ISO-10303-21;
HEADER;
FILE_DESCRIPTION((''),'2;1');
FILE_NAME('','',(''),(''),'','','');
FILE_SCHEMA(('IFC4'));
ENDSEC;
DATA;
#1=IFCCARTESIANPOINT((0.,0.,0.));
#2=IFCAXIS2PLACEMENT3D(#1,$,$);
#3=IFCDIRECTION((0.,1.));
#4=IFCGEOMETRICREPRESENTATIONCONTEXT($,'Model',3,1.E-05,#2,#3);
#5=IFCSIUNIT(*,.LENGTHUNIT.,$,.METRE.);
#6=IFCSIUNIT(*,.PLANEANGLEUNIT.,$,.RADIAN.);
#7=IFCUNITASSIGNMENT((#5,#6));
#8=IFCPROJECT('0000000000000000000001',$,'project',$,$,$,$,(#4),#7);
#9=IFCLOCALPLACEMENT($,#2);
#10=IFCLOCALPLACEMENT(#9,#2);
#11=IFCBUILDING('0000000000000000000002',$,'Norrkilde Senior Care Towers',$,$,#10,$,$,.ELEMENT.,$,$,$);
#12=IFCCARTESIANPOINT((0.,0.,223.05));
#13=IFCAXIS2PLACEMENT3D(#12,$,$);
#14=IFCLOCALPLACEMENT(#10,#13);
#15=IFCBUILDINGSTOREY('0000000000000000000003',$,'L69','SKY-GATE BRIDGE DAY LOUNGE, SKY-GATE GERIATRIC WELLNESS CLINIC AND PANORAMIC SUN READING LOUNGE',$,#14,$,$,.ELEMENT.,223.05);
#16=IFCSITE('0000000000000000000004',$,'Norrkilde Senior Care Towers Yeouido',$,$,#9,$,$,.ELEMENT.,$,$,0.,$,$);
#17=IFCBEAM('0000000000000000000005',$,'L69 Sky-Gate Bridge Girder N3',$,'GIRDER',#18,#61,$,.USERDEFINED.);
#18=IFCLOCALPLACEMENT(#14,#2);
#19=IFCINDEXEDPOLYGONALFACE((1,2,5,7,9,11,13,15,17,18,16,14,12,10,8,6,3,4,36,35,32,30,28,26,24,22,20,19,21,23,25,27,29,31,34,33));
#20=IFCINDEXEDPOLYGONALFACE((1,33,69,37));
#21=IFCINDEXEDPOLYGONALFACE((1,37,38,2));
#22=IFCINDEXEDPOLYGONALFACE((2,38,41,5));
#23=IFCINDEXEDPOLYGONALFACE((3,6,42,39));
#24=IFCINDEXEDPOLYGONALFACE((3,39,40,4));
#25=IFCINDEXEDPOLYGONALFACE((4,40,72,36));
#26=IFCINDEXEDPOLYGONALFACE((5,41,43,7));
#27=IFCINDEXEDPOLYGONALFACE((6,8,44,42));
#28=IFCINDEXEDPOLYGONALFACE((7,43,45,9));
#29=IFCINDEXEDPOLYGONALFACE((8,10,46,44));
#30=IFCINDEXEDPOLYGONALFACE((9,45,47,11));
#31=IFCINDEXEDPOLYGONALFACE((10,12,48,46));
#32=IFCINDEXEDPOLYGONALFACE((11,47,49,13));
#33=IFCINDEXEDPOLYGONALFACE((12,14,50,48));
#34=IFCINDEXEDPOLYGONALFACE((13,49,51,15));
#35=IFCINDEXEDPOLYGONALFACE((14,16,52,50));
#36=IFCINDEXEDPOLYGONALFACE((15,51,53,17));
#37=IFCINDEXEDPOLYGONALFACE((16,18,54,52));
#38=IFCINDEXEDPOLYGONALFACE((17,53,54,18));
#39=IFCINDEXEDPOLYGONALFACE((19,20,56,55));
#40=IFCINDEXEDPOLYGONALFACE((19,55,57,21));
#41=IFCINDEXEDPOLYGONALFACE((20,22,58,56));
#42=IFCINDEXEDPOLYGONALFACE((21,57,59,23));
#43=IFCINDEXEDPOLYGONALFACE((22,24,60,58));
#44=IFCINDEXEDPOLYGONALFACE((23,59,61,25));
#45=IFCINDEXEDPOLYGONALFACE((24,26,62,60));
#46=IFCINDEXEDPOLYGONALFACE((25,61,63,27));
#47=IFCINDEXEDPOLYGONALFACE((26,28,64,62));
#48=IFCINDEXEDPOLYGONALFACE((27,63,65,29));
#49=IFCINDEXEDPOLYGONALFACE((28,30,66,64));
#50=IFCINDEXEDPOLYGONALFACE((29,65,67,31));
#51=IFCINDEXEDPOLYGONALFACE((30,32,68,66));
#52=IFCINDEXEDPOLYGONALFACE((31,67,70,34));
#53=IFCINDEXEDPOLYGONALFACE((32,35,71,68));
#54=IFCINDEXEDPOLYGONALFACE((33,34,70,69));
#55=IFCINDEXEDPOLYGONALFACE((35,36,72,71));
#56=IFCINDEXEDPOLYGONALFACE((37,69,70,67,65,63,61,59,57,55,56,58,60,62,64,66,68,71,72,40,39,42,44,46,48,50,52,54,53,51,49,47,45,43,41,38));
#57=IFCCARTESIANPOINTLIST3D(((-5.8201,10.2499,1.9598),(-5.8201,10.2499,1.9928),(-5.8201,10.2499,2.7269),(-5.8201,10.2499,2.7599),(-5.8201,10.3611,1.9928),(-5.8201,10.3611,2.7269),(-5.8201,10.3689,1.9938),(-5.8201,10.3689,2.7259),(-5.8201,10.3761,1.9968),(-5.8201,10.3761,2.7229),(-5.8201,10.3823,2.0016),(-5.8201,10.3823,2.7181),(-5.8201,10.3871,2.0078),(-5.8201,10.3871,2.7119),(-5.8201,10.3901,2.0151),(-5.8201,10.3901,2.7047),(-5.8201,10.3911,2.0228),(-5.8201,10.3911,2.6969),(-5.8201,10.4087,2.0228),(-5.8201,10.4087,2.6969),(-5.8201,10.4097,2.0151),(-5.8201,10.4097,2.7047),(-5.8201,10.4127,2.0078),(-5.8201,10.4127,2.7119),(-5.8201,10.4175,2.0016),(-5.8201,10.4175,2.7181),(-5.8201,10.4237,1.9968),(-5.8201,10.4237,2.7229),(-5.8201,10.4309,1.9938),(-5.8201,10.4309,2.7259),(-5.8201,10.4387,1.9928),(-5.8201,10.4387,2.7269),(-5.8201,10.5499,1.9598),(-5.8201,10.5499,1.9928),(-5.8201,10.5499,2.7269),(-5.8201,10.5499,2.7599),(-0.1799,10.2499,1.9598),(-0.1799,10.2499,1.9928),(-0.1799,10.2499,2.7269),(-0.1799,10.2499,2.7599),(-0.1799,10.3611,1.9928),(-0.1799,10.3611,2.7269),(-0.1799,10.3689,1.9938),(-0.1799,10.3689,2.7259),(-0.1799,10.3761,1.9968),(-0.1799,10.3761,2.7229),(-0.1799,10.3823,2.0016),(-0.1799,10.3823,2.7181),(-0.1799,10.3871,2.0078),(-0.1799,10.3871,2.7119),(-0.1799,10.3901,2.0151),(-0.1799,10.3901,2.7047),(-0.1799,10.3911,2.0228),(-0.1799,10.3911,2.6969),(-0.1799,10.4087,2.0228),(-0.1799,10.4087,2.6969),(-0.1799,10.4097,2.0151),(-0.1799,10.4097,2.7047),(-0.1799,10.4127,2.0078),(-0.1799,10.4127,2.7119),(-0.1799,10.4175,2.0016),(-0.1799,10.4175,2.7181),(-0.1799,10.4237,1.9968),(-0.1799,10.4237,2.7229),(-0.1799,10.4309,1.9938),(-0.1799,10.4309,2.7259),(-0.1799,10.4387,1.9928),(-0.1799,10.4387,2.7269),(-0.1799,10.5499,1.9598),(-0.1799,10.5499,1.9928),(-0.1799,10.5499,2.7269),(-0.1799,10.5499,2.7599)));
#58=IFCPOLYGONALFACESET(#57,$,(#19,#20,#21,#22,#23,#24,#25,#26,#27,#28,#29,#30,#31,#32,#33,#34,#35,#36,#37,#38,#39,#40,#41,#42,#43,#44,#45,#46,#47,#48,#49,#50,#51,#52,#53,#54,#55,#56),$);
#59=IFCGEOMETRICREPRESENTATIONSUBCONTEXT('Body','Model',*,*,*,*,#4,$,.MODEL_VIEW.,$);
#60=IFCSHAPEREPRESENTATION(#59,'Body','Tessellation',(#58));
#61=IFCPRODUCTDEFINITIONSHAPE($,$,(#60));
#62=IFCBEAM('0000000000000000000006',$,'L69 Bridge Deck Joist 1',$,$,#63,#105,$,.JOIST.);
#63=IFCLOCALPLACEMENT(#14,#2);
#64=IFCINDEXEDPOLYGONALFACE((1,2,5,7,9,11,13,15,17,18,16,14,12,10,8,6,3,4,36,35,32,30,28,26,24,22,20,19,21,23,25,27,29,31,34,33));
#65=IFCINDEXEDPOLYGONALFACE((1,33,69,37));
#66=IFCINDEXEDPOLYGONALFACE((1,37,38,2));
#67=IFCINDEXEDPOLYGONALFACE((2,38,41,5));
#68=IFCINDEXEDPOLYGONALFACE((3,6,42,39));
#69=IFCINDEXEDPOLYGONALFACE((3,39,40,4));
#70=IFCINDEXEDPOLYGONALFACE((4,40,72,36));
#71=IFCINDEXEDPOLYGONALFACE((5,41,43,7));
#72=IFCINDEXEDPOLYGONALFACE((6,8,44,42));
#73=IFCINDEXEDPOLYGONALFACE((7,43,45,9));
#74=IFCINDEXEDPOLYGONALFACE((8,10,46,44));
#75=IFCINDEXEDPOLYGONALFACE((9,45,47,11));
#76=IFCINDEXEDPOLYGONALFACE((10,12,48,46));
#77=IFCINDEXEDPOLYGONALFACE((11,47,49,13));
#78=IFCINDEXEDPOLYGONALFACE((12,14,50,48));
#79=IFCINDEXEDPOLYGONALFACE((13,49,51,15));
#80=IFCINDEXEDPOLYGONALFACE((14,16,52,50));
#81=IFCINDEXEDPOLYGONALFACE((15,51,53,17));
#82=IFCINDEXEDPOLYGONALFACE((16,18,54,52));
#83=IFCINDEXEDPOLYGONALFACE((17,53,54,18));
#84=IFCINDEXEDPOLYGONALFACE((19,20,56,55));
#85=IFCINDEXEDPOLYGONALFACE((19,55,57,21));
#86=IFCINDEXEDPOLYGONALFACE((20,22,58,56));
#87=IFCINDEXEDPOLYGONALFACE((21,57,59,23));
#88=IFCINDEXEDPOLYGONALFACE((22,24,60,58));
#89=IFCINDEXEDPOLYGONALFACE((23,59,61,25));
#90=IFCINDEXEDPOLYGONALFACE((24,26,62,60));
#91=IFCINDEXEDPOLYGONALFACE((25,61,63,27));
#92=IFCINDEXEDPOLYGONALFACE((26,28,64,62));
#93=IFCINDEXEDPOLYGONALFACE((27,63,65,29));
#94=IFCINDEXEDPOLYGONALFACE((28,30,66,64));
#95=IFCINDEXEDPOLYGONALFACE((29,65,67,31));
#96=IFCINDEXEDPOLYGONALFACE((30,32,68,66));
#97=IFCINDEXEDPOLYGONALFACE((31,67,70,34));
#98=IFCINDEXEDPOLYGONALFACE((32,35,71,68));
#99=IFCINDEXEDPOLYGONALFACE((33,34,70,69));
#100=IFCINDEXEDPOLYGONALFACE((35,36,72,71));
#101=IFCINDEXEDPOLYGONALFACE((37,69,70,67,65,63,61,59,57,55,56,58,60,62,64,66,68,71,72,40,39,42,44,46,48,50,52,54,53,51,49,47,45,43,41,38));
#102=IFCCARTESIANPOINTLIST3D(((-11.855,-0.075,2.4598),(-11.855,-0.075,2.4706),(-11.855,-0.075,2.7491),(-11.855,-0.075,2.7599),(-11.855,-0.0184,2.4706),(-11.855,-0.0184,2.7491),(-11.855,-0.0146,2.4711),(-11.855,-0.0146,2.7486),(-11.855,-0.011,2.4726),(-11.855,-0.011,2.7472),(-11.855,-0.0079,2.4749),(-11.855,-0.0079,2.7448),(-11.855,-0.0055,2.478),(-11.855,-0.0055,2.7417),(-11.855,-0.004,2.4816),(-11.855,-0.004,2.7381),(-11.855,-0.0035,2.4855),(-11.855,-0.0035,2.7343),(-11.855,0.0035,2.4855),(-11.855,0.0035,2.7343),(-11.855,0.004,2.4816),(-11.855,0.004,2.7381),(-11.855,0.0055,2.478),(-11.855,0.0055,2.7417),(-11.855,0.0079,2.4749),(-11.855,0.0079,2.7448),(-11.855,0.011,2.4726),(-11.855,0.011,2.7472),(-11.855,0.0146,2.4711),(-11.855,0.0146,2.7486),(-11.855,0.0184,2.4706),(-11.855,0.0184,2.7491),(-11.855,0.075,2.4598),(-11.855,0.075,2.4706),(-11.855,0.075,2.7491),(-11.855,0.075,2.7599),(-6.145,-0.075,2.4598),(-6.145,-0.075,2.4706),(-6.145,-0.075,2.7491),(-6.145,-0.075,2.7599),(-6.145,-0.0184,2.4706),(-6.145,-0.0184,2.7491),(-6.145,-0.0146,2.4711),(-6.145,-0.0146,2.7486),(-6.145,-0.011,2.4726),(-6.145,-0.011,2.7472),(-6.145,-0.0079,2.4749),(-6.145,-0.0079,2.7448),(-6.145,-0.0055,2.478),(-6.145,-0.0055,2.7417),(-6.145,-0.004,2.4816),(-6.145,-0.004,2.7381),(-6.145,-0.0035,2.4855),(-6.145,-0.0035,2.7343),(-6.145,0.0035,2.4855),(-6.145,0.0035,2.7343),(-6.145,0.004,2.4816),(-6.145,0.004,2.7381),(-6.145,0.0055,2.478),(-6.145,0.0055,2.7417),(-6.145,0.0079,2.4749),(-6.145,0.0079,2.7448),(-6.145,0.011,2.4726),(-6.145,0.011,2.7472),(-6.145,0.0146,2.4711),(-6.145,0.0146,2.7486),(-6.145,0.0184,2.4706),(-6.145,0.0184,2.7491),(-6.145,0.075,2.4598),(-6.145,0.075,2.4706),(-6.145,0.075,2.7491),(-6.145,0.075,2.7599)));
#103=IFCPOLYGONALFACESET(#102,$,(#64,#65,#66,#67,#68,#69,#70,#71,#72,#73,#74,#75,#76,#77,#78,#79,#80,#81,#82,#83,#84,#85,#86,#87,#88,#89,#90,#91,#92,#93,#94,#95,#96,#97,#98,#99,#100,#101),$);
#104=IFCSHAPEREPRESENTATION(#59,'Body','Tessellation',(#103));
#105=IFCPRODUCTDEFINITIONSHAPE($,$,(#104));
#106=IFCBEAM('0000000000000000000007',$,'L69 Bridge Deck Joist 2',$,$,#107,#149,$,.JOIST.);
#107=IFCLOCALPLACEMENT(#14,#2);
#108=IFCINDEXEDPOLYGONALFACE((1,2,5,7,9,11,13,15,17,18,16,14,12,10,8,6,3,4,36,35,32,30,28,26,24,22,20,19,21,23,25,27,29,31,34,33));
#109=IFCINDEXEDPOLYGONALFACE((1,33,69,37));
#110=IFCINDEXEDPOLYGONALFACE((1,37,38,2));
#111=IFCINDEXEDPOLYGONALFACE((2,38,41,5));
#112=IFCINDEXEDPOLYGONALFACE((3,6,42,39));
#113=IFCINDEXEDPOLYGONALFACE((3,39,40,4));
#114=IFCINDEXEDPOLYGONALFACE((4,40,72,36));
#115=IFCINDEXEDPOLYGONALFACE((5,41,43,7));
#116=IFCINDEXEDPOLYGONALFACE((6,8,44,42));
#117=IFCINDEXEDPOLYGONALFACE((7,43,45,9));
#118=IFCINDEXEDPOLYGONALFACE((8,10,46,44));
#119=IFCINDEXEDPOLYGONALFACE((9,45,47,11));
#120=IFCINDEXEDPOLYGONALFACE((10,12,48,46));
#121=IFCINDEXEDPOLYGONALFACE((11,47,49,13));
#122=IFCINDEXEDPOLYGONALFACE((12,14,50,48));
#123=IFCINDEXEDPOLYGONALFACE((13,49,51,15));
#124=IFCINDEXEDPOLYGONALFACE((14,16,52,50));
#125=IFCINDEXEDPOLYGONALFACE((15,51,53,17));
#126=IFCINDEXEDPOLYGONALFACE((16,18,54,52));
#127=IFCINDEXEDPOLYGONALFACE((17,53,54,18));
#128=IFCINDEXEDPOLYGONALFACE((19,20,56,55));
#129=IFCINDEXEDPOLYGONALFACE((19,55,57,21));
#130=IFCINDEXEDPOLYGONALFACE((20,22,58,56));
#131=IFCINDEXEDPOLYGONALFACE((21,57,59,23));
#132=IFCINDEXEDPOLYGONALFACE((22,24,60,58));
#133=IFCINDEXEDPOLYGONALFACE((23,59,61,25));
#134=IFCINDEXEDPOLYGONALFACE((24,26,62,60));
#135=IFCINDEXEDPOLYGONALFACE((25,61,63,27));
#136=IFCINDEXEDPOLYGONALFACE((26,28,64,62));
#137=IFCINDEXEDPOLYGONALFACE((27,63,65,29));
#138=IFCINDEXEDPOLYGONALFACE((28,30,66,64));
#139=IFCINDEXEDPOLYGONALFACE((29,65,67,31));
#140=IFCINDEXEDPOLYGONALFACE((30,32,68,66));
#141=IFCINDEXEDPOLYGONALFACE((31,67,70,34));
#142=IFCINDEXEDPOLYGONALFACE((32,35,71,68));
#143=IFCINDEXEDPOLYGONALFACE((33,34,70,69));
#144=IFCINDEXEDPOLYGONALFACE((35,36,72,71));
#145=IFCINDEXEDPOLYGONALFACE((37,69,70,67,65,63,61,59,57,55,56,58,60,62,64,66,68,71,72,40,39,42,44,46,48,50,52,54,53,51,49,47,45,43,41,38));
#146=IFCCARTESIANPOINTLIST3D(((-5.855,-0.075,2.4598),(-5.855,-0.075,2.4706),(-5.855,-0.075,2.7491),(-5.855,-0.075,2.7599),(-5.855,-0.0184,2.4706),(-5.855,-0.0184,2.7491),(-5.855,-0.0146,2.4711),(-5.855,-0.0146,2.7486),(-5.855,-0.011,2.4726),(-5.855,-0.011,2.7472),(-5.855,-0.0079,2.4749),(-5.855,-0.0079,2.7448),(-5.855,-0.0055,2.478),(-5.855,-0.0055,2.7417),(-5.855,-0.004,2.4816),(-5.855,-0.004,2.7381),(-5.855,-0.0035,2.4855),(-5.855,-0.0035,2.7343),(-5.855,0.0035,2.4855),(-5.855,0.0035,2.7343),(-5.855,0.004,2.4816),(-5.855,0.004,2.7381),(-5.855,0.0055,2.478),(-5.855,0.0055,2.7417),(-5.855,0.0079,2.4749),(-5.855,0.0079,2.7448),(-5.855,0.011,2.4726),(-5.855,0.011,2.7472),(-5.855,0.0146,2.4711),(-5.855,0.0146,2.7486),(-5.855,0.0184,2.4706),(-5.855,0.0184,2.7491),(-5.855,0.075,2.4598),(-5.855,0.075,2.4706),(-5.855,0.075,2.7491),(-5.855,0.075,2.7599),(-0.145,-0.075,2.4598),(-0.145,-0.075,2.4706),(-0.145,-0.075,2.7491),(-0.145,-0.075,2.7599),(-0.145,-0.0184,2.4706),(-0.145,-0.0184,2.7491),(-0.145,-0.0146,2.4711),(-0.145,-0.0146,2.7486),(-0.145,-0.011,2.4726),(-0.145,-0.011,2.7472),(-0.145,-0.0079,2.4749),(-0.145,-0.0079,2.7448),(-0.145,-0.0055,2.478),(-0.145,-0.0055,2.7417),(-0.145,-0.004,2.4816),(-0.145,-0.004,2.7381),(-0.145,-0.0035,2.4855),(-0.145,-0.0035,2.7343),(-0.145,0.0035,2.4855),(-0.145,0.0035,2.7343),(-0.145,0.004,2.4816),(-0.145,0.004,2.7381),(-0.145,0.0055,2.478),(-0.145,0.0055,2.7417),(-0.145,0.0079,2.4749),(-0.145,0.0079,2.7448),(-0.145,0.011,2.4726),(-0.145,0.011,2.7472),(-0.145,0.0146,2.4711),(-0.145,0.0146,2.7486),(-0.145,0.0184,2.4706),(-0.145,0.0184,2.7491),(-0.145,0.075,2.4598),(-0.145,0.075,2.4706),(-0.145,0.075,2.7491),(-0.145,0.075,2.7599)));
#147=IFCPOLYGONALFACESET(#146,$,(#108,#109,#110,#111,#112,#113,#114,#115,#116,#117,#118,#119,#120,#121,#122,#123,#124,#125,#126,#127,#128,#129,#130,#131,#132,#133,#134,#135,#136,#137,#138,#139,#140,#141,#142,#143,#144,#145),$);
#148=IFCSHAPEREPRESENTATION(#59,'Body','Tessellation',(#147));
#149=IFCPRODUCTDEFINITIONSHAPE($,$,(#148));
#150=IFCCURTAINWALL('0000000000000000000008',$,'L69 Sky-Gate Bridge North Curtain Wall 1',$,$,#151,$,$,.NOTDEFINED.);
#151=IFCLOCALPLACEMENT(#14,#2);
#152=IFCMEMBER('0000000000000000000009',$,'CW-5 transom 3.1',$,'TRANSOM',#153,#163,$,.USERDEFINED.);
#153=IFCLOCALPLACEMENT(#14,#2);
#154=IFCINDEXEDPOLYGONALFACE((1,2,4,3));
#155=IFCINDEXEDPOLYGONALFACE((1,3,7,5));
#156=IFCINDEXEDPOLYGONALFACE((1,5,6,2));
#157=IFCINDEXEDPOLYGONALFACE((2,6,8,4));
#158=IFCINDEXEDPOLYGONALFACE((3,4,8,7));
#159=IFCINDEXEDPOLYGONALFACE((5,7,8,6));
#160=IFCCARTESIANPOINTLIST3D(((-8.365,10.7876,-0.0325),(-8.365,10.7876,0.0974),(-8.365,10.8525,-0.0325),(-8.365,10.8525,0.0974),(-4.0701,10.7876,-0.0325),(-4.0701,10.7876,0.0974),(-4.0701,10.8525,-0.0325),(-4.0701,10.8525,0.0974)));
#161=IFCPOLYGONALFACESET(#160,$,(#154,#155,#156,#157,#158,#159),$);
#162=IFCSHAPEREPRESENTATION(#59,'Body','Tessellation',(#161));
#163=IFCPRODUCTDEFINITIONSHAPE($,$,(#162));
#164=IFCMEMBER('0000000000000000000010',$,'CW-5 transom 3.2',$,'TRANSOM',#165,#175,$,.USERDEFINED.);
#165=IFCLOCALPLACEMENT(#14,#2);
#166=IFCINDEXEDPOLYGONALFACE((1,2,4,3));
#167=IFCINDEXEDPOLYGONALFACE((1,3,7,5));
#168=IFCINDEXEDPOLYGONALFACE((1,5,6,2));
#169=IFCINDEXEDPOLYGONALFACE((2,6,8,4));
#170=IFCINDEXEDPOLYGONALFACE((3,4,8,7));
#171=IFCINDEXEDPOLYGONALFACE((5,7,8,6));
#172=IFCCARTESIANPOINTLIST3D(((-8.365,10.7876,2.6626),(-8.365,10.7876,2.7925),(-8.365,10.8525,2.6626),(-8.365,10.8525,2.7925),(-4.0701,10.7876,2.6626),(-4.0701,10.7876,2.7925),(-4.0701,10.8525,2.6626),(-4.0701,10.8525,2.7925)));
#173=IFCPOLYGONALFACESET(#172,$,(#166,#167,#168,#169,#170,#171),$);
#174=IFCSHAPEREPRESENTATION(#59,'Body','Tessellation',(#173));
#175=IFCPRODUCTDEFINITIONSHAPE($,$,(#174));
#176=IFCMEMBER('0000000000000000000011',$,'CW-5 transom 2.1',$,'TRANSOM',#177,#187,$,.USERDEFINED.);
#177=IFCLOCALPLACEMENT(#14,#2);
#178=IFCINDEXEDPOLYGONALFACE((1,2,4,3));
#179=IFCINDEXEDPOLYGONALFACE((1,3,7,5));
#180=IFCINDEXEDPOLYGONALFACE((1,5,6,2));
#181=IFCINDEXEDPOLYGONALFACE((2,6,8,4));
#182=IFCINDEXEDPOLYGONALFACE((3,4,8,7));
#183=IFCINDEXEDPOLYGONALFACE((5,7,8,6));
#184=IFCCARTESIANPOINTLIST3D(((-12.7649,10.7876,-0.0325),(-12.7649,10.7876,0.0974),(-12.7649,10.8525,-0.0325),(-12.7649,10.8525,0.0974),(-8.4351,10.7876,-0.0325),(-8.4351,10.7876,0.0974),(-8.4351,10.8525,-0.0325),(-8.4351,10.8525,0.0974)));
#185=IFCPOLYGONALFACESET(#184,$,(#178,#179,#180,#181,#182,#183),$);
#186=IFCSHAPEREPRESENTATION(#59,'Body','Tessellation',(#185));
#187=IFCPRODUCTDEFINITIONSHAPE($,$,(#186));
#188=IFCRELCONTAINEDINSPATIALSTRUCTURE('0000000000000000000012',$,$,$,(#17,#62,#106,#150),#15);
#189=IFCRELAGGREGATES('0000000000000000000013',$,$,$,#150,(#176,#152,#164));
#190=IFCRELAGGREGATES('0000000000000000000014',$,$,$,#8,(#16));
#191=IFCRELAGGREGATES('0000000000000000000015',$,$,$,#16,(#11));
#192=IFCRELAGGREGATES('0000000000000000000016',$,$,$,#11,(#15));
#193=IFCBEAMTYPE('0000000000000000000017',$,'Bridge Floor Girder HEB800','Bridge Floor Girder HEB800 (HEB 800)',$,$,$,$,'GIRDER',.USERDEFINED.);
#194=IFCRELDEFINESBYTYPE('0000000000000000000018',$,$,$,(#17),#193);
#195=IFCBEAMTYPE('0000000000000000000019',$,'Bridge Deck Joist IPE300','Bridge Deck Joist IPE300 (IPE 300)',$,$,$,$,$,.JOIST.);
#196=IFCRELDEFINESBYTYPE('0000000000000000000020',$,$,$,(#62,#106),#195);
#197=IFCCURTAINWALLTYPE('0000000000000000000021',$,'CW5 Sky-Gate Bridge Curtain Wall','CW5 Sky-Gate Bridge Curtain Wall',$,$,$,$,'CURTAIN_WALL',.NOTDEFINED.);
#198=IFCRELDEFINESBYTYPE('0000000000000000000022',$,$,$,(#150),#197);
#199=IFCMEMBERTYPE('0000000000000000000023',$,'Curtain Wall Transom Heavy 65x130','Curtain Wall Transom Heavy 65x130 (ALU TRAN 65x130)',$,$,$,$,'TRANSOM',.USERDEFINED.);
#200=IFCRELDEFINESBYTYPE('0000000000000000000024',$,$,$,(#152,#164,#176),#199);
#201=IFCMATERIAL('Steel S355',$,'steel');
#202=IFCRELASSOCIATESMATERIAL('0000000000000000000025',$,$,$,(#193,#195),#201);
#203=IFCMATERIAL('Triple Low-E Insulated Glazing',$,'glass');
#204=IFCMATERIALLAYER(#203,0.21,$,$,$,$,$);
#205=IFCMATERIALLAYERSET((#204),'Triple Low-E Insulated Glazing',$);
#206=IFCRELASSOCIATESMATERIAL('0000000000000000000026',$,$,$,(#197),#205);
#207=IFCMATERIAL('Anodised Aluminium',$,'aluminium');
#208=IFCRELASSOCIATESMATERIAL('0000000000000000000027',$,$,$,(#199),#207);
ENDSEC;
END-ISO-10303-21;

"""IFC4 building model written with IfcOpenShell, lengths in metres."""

from ifc_helpers import new_model, si_unit, direction, frame, origin, origin_2d, place, context, subcontext, project, spatial, rectangle, i_section, extrude, source, transform, mapped, material, layer, layer_set, material_profile, profile_set, type_object, type_shapes, element, aggregate, save


model = new_model("IFC4")

# Units and contexts
model_context = context("Model", 3, precision=1e-05, world=origin(), true_north=direction((0.0, 1.0)))
body_context = subcontext(model_context, "Body", "Model", "MODEL_VIEW")
ifc_project = project(units=[si_unit("LENGTHUNIT", "METRE"), si_unit("PLANEANGLEUNIT", "RADIAN")], contexts=[model_context])

# Site, building, storey
site_placement = place(None, origin())
site = spatial("IfcSite", under=ifc_project, at=site_placement, Name="Norrkilde Senior Care Towers Yeouido", CompositionType="ELEMENT", RefElevation=0.0)
building_placement = place(site_placement, origin())
building = spatial("IfcBuilding", under=site, at=building_placement, Name="Norrkilde Senior Care Towers", CompositionType="ELEMENT")
storey_placement = place(building_placement, frame((0.0, 0.0, 223.05)))
storey = spatial("IfcBuildingStorey", under=building, at=storey_placement, Name="L69", Description="SKY-GATE BRIDGE DAY LOUNGE, SKY-GATE GERIATRIC WELLNESS CLINIC AND PANORAMIC SUN READING LOUNGE", CompositionType="ELEMENT", Elevation=223.05)

# Shared definitions
ifc_material_1 = material(Name="Steel S355", Category="steel")

# Beams
ifc_material_profile_1 = material_profile(ifc_material_1, i_section(OverallWidth=0.3, OverallDepth=0.8, WebThickness=0.0176, FlangeThickness=0.033, FilletRadius=0.03, at=origin_2d()), Name="HEB 800")
ifc_profile_set_1 = profile_set([ifc_material_profile_1], Name="Steel S355")
beam_type_1 = type_object("IfcBeamType", Name="Bridge Floor Girder HEB800", Description="Bridge Floor Girder HEB800 (HEB 800)", ElementType="GIRDER", PredefinedType="USERDEFINED", material=ifc_profile_set_1)
shared_shape_1 = source(origin(), body_context, "Body", "SweptSolid", [
    extrude(i_section(OverallWidth=0.3, OverallDepth=0.8, WebThickness=0.0176, FlangeThickness=0.033, FilletRadius=0.03, at=origin_2d()), origin(), (0.0, 0.0, 1.0), 5.6401),
])
type_shapes(beam_type_1, [shared_shape_1])
for number, where, z_axis, x_axis, name in (
    (1, (-5.8201, 10.3999, 2.3599), (1.0, 0.0, 0.0), (0.0, 1.0, 0.0), "L69 Sky-Gate Bridge Girder N3"),
):
    element("IfcBeam", number, at=place(storey_placement, frame(where, z_axis=z_axis, x_axis=x_axis)), inside=storey, type_object=beam_type_1, Name=name, ObjectType="GIRDER", PredefinedType="USERDEFINED", context=body_context, shape_type="MappedRepresentation", body=[
        mapped(shared_shape_1, transform((0.0, 0.0, 0.0), x_axis=(1.0, 0.0, 0.0), y_axis=(0.0, 1.0, 0.0), z_axis=(0.0, 0.0, 1.0), scale=1.0)),
    ])
ifc_material_profile_2 = material_profile(ifc_material_1, i_section(OverallWidth=0.1499, OverallDepth=0.3, WebThickness=0.0071, FlangeThickness=0.0107, FilletRadius=0.0149, at=origin_2d()), Name="IPE 300")
ifc_profile_set_2 = profile_set([ifc_material_profile_2], Name="Steel S355")
beam_type_2 = type_object("IfcBeamType", Name="Bridge Deck Joist IPE300", Description="Bridge Deck Joist IPE300 (IPE 300)", PredefinedType="JOIST", material=ifc_profile_set_2)
shared_shape_2 = source(origin(), body_context, "Body", "SweptSolid", [
    extrude(i_section(OverallWidth=0.1499, OverallDepth=0.3, WebThickness=0.0071, FlangeThickness=0.0107, FilletRadius=0.0149, at=origin_2d()), origin(), (0.0, 0.0, 1.0), 5.71),
])
type_shapes(beam_type_2, [shared_shape_2])
for number, where, z_axis, x_axis, name in (
    (2, (-11.855, 0.0, 2.6099), (1.0, 0.0, 0.0), (0.0, 1.0, 0.0), "L69 Bridge Deck Joist 1"),
    (3, (-5.855, 0.0, 2.6099), (1.0, 0.0, 0.0), (0.0, 1.0, 0.0), "L69 Bridge Deck Joist 2"),
):
    element("IfcBeam", number, at=place(storey_placement, frame(where, z_axis=z_axis, x_axis=x_axis)), inside=storey, type_object=beam_type_2, Name=name, PredefinedType="JOIST", context=body_context, shape_type="MappedRepresentation", body=[
        mapped(shared_shape_2, transform((0.0, 0.0, 0.0), x_axis=(1.0, 0.0, 0.0), y_axis=(0.0, 1.0, 0.0), z_axis=(0.0, 0.0, 1.0), scale=1.0)),
    ])

# Curtain wall, members
ifc_material_2 = material(Name="Triple Low-E Insulated Glazing", Category="glass")
ifc_layer_1 = layer(ifc_material_2, 0.21)
ifc_layer_set_1 = layer_set([ifc_layer_1], Name="Triple Low-E Insulated Glazing")
curtain_wall_type = type_object("IfcCurtainWallType", Name="CW5 Sky-Gate Bridge Curtain Wall", Description="CW5 Sky-Gate Bridge Curtain Wall", ElementType="CURTAIN_WALL", PredefinedType="NOTDEFINED", material=ifc_layer_set_1)
curtain_wall_1_placement = place(storey_placement, origin())
curtain_wall_1 = element("IfcCurtainWall", 4, at=curtain_wall_1_placement, inside=storey, type_object=curtain_wall_type, Name="L69 Sky-Gate Bridge North Curtain Wall 1", PredefinedType="NOTDEFINED")
ifc_material_3 = material(Name="Anodised Aluminium", Category="aluminium")
ifc_material_profile_3 = material_profile(ifc_material_3, rectangle(XDim=0.0649, YDim=0.1299, at=origin_2d()), Name="ALU TRAN 65x130")
ifc_profile_set_3 = profile_set([ifc_material_profile_3], Name="Anodised Aluminium")
member_type_1 = type_object("IfcMemberType", Name="Curtain Wall Transom Heavy 65x130", Description="Curtain Wall Transom Heavy 65x130 (ALU TRAN 65x130)", ElementType="TRANSOM", PredefinedType="USERDEFINED", material=ifc_profile_set_3)
shared_shape_3 = source(origin(), body_context, "Body", "SweptSolid", [
    extrude(rectangle(XDim=0.0649, YDim=0.1299, at=origin_2d()), origin(), (0.0, 0.0, 1.0), 4.2949),
])
member_1_placement = place(storey_placement, frame((-8.365, 10.8201, 0.0325), z_axis=(1.0, 0.0, 0.0), x_axis=(0.0, 1.0, 0.0)))
member_1 = element("IfcMember", 5, at=member_1_placement, type_object=member_type_1, Name="CW-5 transom 3.1", ObjectType="TRANSOM", PredefinedType="USERDEFINED", context=body_context, shape_type="MappedRepresentation", body=[
    mapped(shared_shape_3, transform((0.0, 0.0, 0.0), x_axis=(1.0, 0.0, 0.0), y_axis=(0.0, 1.0, 0.0), z_axis=(0.0, 0.0, 1.0), scale=1.0)),
])
member_2_placement = place(storey_placement, frame((-8.365, 10.8201, 2.7275), z_axis=(1.0, 0.0, 0.0), x_axis=(0.0, 1.0, 0.0)))
member_2 = element("IfcMember", 6, at=member_2_placement, type_object=member_type_1, Name="CW-5 transom 3.2", ObjectType="TRANSOM", PredefinedType="USERDEFINED", context=body_context, shape_type="MappedRepresentation", body=[
    mapped(shared_shape_3, transform((0.0, 0.0, 0.0), x_axis=(1.0, 0.0, 0.0), y_axis=(0.0, 1.0, 0.0), z_axis=(0.0, 0.0, 1.0), scale=1.0)),
])
shared_shape_4 = source(origin(), body_context, "Body", "SweptSolid", [
    extrude(rectangle(XDim=0.0649, YDim=0.1299, at=origin_2d()), origin(), (0.0, 0.0, 1.0), 4.3298),
])
member_3_placement = place(storey_placement, frame((-12.7649, 10.8201, 0.0325), z_axis=(1.0, 0.0, 0.0), x_axis=(0.0, 1.0, 0.0)))
member_3 = element("IfcMember", 7, at=member_3_placement, type_object=member_type_1, Name="CW-5 transom 2.1", ObjectType="TRANSOM", PredefinedType="USERDEFINED", context=body_context, shape_type="MappedRepresentation", body=[
    mapped(shared_shape_4, transform((0.0, 0.0, 0.0), x_axis=(1.0, 0.0, 0.0), y_axis=(0.0, 1.0, 0.0), z_axis=(0.0, 0.0, 1.0), scale=1.0)),
])

aggregate(curtain_wall_1, [member_3, member_1, member_2])

save(model, "model.ifc")
